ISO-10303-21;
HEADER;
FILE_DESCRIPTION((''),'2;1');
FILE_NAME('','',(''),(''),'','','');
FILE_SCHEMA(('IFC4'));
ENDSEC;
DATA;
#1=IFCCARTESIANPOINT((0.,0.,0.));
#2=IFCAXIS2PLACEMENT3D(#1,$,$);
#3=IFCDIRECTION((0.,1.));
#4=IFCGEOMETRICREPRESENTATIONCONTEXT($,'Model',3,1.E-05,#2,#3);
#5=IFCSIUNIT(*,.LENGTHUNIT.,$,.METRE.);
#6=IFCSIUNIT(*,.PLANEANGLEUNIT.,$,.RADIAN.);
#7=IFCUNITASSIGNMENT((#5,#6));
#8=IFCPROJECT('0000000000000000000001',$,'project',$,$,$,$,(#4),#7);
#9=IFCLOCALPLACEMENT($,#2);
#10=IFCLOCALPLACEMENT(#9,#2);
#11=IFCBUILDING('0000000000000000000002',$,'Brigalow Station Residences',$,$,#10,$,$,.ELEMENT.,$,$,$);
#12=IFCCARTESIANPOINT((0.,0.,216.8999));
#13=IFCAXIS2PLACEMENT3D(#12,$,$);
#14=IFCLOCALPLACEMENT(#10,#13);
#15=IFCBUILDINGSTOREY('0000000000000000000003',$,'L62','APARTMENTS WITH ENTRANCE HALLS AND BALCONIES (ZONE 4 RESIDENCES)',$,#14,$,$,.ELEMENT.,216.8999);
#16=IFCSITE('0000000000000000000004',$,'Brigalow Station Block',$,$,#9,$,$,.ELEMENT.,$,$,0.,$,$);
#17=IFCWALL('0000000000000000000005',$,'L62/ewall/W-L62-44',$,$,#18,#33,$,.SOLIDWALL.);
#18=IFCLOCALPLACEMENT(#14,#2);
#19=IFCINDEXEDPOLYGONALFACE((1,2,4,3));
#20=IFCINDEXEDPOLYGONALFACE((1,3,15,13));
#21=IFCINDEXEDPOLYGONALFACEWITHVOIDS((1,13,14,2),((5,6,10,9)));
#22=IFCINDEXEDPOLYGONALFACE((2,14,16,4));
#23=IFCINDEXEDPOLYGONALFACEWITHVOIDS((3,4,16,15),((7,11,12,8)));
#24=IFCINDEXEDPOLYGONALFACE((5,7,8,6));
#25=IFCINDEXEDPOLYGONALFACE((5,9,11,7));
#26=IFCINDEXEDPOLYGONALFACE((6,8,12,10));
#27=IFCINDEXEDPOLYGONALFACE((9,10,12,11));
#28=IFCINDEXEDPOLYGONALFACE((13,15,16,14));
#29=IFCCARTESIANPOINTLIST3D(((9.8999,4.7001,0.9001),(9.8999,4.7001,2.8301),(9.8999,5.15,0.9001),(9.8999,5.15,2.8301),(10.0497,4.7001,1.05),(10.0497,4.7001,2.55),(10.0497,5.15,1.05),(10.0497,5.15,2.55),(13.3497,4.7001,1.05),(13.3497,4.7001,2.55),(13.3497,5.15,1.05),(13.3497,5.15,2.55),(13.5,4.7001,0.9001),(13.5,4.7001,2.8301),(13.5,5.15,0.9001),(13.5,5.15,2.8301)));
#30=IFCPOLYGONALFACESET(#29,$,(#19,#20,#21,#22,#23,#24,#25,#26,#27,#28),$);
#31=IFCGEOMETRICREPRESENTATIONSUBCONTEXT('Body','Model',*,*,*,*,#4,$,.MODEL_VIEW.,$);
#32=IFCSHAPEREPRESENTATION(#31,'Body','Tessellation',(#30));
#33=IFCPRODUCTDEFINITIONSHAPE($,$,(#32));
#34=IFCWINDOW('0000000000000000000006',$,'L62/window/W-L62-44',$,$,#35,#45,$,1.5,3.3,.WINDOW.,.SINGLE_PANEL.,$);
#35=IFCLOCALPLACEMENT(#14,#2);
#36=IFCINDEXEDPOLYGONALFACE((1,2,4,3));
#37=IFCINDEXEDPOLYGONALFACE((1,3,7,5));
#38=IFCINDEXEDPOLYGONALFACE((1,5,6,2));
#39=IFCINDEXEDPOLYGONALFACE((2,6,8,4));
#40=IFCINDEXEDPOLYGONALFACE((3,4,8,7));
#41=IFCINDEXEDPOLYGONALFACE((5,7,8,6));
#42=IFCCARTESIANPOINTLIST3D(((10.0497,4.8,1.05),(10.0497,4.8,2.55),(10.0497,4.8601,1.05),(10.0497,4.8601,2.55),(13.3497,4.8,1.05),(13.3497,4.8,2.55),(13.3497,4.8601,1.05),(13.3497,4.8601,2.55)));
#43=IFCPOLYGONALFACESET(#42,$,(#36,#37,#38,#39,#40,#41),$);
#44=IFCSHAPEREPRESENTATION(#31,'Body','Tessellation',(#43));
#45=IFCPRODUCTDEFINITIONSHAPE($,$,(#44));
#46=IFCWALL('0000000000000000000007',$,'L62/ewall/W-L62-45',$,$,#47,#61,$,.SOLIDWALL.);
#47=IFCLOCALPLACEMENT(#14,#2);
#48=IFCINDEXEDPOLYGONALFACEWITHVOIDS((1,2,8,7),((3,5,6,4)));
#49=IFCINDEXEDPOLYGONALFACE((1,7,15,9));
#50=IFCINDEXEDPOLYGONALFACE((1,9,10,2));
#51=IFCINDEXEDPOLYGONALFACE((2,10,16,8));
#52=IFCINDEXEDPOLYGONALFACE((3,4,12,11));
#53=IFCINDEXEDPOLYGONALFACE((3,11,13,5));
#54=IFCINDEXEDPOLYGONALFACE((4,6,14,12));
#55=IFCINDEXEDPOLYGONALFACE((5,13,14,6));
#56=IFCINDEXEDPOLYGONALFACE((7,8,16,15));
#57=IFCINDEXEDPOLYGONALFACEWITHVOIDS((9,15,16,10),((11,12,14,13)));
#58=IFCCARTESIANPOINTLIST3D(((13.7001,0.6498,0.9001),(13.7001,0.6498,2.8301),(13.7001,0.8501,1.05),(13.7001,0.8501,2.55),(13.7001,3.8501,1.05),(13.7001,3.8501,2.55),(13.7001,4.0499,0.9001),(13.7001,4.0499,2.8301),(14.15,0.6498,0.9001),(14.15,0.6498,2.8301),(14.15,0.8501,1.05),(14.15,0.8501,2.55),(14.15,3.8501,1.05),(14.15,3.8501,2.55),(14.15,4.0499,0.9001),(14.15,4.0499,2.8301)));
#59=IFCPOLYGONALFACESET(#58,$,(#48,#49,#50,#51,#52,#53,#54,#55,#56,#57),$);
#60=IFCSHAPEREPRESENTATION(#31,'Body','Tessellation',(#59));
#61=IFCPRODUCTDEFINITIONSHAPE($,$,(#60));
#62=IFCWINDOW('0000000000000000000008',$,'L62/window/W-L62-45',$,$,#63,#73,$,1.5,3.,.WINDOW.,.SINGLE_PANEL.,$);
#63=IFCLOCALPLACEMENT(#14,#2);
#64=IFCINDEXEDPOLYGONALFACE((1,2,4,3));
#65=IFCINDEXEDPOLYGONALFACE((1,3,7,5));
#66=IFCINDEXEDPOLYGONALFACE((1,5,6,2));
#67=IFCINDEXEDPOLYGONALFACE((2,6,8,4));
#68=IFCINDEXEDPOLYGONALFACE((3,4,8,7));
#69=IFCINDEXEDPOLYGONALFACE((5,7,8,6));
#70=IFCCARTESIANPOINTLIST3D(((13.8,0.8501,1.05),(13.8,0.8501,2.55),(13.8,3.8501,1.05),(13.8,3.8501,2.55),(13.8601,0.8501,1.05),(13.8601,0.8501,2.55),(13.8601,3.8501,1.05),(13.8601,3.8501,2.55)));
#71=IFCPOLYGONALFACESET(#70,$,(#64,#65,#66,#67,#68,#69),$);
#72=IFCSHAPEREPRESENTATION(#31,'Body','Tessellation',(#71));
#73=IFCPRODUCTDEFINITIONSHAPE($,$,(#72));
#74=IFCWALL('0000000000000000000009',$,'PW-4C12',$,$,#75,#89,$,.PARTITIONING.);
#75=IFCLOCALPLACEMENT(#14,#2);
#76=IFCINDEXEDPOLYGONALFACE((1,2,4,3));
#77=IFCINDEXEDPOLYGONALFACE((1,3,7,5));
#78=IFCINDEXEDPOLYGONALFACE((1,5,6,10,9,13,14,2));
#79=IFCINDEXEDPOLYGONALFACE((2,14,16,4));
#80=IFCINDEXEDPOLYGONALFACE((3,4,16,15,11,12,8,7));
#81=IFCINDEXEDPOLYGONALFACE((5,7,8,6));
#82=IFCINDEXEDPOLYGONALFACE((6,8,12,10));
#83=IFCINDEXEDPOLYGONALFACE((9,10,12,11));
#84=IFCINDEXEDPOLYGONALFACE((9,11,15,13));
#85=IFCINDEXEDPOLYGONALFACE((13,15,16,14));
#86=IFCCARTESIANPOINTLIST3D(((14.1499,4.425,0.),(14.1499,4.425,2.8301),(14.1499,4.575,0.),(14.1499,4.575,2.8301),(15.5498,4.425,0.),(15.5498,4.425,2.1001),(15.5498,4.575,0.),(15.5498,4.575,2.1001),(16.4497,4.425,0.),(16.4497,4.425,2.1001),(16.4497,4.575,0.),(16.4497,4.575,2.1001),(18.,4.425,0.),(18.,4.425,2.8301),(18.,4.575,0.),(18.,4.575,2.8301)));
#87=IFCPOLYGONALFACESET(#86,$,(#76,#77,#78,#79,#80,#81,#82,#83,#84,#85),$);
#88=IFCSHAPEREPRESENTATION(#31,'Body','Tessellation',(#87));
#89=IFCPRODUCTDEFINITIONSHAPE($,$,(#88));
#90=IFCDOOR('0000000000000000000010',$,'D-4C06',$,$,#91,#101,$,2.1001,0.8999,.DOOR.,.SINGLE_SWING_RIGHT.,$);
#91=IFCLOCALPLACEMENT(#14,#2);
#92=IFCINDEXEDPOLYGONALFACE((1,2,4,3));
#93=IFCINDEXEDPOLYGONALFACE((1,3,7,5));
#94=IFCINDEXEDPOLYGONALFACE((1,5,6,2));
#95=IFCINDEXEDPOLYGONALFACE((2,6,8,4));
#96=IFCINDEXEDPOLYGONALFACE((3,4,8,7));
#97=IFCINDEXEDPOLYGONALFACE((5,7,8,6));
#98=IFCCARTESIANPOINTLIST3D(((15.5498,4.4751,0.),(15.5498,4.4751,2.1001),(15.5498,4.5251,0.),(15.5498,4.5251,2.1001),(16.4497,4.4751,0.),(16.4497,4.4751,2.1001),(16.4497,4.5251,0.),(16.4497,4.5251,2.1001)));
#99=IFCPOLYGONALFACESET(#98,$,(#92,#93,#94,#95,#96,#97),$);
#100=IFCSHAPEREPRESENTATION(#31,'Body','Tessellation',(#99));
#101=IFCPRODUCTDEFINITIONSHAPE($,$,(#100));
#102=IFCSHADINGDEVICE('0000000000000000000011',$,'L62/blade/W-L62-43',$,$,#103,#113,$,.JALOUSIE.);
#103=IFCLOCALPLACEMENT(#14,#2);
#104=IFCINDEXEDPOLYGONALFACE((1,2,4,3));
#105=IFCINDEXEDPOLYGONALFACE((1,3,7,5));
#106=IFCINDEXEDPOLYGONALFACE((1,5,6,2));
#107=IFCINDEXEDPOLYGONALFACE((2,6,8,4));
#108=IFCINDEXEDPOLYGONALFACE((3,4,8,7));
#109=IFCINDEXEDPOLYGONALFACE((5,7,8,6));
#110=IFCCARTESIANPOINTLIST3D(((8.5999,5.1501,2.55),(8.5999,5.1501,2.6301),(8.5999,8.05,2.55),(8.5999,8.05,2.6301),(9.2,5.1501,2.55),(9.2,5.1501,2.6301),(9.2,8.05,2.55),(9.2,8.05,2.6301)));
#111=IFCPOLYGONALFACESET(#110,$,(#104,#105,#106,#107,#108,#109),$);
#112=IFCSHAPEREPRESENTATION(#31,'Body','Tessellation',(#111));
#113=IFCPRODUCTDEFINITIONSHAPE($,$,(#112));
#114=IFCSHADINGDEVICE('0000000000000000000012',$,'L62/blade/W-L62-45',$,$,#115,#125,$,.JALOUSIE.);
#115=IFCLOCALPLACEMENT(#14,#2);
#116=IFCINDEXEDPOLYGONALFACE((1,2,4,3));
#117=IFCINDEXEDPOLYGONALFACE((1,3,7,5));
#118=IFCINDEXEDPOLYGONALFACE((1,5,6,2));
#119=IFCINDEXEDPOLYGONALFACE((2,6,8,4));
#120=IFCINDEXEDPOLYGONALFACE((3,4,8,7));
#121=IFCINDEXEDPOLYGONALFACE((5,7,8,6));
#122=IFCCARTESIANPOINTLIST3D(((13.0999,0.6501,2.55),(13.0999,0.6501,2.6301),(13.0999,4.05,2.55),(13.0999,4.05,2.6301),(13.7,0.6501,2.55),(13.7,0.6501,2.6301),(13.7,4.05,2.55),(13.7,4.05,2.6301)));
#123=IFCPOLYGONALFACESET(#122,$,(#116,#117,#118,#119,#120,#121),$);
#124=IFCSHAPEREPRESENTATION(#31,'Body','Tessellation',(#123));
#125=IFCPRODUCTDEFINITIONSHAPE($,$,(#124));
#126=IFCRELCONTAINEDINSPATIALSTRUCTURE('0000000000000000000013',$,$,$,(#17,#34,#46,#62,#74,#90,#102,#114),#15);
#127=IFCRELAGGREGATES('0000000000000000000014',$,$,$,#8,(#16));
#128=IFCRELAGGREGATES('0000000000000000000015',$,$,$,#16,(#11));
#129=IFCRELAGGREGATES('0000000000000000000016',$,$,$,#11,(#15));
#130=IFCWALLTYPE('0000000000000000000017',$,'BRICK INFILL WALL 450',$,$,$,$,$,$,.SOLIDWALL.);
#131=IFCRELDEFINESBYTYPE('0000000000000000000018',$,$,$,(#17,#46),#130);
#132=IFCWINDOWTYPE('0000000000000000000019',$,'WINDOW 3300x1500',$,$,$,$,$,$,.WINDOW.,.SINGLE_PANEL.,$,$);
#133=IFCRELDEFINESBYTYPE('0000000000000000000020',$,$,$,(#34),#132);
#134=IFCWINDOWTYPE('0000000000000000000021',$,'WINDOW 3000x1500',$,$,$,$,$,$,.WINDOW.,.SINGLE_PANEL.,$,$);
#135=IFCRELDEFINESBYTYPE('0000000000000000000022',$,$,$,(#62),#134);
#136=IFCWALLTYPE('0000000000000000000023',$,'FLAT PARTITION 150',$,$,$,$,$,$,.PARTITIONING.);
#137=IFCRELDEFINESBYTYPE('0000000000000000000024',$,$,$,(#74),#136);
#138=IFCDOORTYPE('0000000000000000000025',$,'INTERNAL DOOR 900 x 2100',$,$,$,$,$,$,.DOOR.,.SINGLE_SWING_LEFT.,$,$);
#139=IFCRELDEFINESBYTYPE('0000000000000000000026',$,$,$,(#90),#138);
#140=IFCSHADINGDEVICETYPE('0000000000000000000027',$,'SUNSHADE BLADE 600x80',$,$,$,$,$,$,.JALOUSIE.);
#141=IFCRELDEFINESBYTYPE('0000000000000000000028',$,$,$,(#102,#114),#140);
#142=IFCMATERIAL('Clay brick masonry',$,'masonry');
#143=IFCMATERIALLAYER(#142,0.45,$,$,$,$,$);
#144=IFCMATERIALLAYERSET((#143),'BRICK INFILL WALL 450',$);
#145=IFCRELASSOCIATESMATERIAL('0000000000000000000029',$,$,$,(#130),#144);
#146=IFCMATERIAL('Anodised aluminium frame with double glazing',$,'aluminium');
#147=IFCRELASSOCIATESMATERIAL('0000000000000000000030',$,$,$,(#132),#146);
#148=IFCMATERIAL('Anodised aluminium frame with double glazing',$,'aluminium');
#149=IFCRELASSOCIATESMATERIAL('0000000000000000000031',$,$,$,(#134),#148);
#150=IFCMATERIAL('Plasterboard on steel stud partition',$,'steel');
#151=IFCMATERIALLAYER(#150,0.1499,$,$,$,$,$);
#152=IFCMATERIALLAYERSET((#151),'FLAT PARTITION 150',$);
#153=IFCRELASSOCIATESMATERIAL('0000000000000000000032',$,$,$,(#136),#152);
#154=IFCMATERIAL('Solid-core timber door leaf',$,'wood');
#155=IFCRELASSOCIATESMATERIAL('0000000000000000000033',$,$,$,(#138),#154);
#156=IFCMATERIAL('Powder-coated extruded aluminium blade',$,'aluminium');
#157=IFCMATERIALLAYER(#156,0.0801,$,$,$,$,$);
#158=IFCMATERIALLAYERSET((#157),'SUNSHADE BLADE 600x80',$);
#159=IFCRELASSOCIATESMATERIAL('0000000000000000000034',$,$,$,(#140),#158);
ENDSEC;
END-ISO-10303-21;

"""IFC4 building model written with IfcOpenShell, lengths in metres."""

from ifc_helpers import new_model, si_unit, direction, frame, frame_2d, origin, origin_2d, place, context, subcontext, project, spatial, rectangle, extrude, material, layer, layer_set, type_object, element, fill, save


model = new_model("IFC4")

# Units and contexts
model_context = context("Model", 3, precision=1e-05, world=origin(), true_north=direction((0.0, 1.0)))
body_context = subcontext(model_context, "Body", "Model", "MODEL_VIEW")
ifc_project = project(units=[si_unit("LENGTHUNIT", "METRE"), si_unit("PLANEANGLEUNIT", "RADIAN")], contexts=[model_context])

# Site, building, storey
site_placement = place(None, origin())
site = spatial("IfcSite", under=ifc_project, at=site_placement, Name="Brigalow Station Block", CompositionType="ELEMENT", RefElevation=0.0)
building_placement = place(site_placement, origin())
building = spatial("IfcBuilding", under=site, at=building_placement, Name="Brigalow Station Residences", CompositionType="ELEMENT")
storey_placement = place(building_placement, frame((0.0, 0.0, 216.8999)))
storey = spatial("IfcBuildingStorey", under=building, at=storey_placement, Name="L62", Description="APARTMENTS WITH ENTRANCE HALLS AND BALCONIES (ZONE 4 RESIDENCES)", CompositionType="ELEMENT", Elevation=216.8999)

# Walls, openings, windows
ifc_material_1 = material(Name="Clay brick masonry", Category="masonry")
ifc_layer_1 = layer(ifc_material_1, 0.45)
ifc_layer_set_1 = layer_set([ifc_layer_1], Name="BRICK INFILL WALL 450")
wall_type_1 = type_object("IfcWallType", Name="BRICK INFILL WALL 450", PredefinedType="SOLIDWALL", material=ifc_layer_set_1)
wall_1_placement = place(storey_placement, frame((9.8999, 4.925, 0.9001), z_axis=(0.0, 0.0, 1.0), x_axis=(1.0, 0.0, 0.0)))
wall_1 = element("IfcWall", 1, at=wall_1_placement, inside=storey, type_object=wall_type_1, Name="L62/ewall/W-L62-44", PredefinedType="SOLIDWALL", context=body_context, shape_type="SweptSolid", body=[
    extrude(rectangle(XDim=3.6001, YDim=0.45, at=frame_2d((1.8, 0.0))), origin(), (0.0, 0.0, 1.0), 1.9299),
])
opening_1_placement = place(wall_1_placement, frame((0.1499, 0.0, 0.1499)))
opening_1 = element("IfcOpeningElement", 2, at=opening_1_placement, cuts=wall_1, PredefinedType="OPENING", context=body_context, shape_type="SweptSolid", body=[
    extrude(rectangle(XDim=3.3, YDim=1.5, at=frame_2d((1.6499, 0.75))), frame((0.0, 0.2349, 0.0), z_axis=(0.0, -1.0, 0.0), x_axis=(1.0, 0.0, 0.0)), (0.0, 0.0, 1.0), 0.47),
])
ifc_material_2 = material(Name="Anodised aluminium frame with double glazing", Category="aluminium")
window_type_1 = type_object("IfcWindowType", Name="WINDOW 3300x1500", PartitioningType="SINGLE_PANEL", PredefinedType="WINDOW", material=ifc_material_2)
window_1_placement = place(opening_1_placement, origin())
window_1 = element("IfcWindow", 3, at=window_1_placement, inside=storey, type_object=window_type_1, Name="L62/window/W-L62-44", OverallHeight=1.5, OverallWidth=3.3, PartitioningType="SINGLE_PANEL", PredefinedType="WINDOW", context=body_context, shape_type="SweptSolid", body=[
    extrude(rectangle(XDim=3.3, YDim=1.5, at=frame_2d((1.6499, 0.75))), frame((0.0, -0.0649, 0.0), z_axis=(0.0, -1.0, 0.0), x_axis=(1.0, 0.0, 0.0)), (0.0, 0.0, 1.0), 0.0601),
])
fill(opening_1, window_1)
wall_2_placement = place(storey_placement, frame((13.925, 4.05, 0.9001), z_axis=(0.0, 0.0, 1.0), x_axis=(0.0, -1.0, 0.0)))
wall_2 = element("IfcWall", 4, at=wall_2_placement, inside=storey, type_object=wall_type_1, Name="L62/ewall/W-L62-45", PredefinedType="SOLIDWALL", context=body_context, shape_type="SweptSolid", body=[
    extrude(rectangle(XDim=3.4001, YDim=0.45, at=frame_2d((1.7002, 0.0))), origin(), (0.0, 0.0, 1.0), 1.9299),
])
opening_2_placement = place(wall_2_placement, frame((0.2, 0.0, 0.1499)))
opening_2 = element("IfcOpeningElement", 5, at=opening_2_placement, cuts=wall_2, PredefinedType="OPENING", context=body_context, shape_type="SweptSolid", body=[
    extrude(rectangle(XDim=3.0, YDim=1.5, at=frame_2d((1.5, 0.75))), frame((0.0, 0.2349, 0.0), z_axis=(0.0, -1.0, 0.0), x_axis=(1.0, 0.0, 0.0)), (0.0, 0.0, 1.0), 0.47),
])
ifc_material_3 = material(Name="Anodised aluminium frame with double glazing", Category="aluminium")
window_type_2 = type_object("IfcWindowType", Name="WINDOW 3000x1500", PartitioningType="SINGLE_PANEL", PredefinedType="WINDOW", material=ifc_material_3)
window_2_placement = place(opening_2_placement, origin())
window_2 = element("IfcWindow", 6, at=window_2_placement, inside=storey, type_object=window_type_2, Name="L62/window/W-L62-45", OverallHeight=1.5, OverallWidth=3.0, PartitioningType="SINGLE_PANEL", PredefinedType="WINDOW", context=body_context, shape_type="SweptSolid", body=[
    extrude(rectangle(XDim=3.0, YDim=1.5, at=frame_2d((1.5, 0.75))), frame((0.0, -0.0649, 0.0), z_axis=(0.0, -1.0, 0.0), x_axis=(1.0, 0.0, 0.0)), (0.0, 0.0, 1.0), 0.0601),
])
fill(opening_2, window_2)

# Wall, opening, door
ifc_material_4 = material(Name="Plasterboard on steel stud partition", Category="steel")
ifc_layer_2 = layer(ifc_material_4, 0.1499)
ifc_layer_set_2 = layer_set([ifc_layer_2], Name="FLAT PARTITION 150")
wall_type_2 = type_object("IfcWallType", Name="FLAT PARTITION 150", PredefinedType="PARTITIONING", material=ifc_layer_set_2)
wall_3_placement = place(storey_placement, frame((14.1499, 4.5, 0.0), z_axis=(0.0, 0.0, 1.0), x_axis=(1.0, 0.0, 0.0)))
wall_3 = element("IfcWall", 7, at=wall_3_placement, inside=storey, type_object=wall_type_2, Name="PW-4C12", PredefinedType="PARTITIONING", context=body_context, shape_type="SweptSolid", body=[
    extrude(rectangle(XDim=3.8501, YDim=0.1499, at=frame_2d((1.925, 0.0))), origin(), (0.0, 0.0, 1.0), 2.8301),
])
opening_3_placement = place(wall_3_placement, frame((1.3999, 0.0, 0.0)))
opening_3 = element("IfcOpeningElement", 8, at=opening_3_placement, cuts=wall_3, PredefinedType="OPENING", context=body_context, shape_type="SweptSolid", body=[
    extrude(rectangle(XDim=0.8999, YDim=2.1001, at=frame_2d((0.45, 1.05))), frame((0.0, 0.085, 0.0), z_axis=(0.0, -1.0, 0.0), x_axis=(1.0, 0.0, 0.0)), (0.0, 0.0, 1.0), 0.1699),
])
ifc_material_5 = material(Name="Solid-core timber door leaf", Category="wood")
door_type = type_object("IfcDoorType", Name="INTERNAL DOOR 900 x 2100", OperationType="SINGLE_SWING_LEFT", PredefinedType="DOOR", material=ifc_material_5)
door_placement = place(opening_3_placement, frame((0.8999, 0.0, 0.0), z_axis=(0.0, 0.0, 1.0), x_axis=(-1.0, 0.0, 0.0)))
door = element("IfcDoor", 9, at=door_placement, inside=storey, type_object=door_type, Name="D-4C06", OperationType="SINGLE_SWING_RIGHT", OverallHeight=2.1001, OverallWidth=0.8999, PredefinedType="DOOR", context=body_context, shape_type="SweptSolid", body=[
    extrude(rectangle(XDim=0.8999, YDim=2.1001, at=frame_2d((0.45, 1.05))), frame((0.0, 0.0249, 0.0), z_axis=(0.0, -1.0, 0.0), x_axis=(1.0, 0.0, 0.0)), (0.0, 0.0, 1.0), 0.05),
])
fill(opening_3, door)

# Shading devices
ifc_material_6 = material(Name="Powder-coated extruded aluminium blade", Category="aluminium")
ifc_layer_3 = layer(ifc_material_6, 0.0801)
ifc_layer_set_3 = layer_set([ifc_layer_3], Name="SUNSHADE BLADE 600x80")
shading_device_type = type_object("IfcShadingDeviceType", Name="SUNSHADE BLADE 600x80", PredefinedType="JALOUSIE", material=ifc_layer_set_3)
shading_device_1_placement = place(storey_placement, frame((8.8999, 6.6001, 2.55), z_axis=(0.0, 0.0, 1.0), x_axis=(0.0, -1.0, 0.0)))
element("IfcShadingDevice", 10, at=shading_device_1_placement, inside=storey, type_object=shading_device_type, Name="L62/blade/W-L62-43", PredefinedType="JALOUSIE", context=body_context, shape_type="SweptSolid", body=[
    extrude(rectangle(XDim=2.8999, YDim=0.6001, at=origin_2d()), origin(), (0.0, 0.0, 1.0), 0.0801),
])
shading_device_2_placement = place(storey_placement, frame((13.3999, 2.3501, 2.55), z_axis=(0.0, 0.0, 1.0), x_axis=(0.0, -1.0, 0.0)))
element("IfcShadingDevice", 11, at=shading_device_2_placement, inside=storey, type_object=shading_device_type, Name="L62/blade/W-L62-45", PredefinedType="JALOUSIE", context=body_context, shape_type="SweptSolid", body=[
    extrude(rectangle(XDim=3.3999, YDim=0.6001, at=origin_2d()), origin(), (0.0, 0.0, 1.0), 0.0801),
])

save(model, "model.ifc")
